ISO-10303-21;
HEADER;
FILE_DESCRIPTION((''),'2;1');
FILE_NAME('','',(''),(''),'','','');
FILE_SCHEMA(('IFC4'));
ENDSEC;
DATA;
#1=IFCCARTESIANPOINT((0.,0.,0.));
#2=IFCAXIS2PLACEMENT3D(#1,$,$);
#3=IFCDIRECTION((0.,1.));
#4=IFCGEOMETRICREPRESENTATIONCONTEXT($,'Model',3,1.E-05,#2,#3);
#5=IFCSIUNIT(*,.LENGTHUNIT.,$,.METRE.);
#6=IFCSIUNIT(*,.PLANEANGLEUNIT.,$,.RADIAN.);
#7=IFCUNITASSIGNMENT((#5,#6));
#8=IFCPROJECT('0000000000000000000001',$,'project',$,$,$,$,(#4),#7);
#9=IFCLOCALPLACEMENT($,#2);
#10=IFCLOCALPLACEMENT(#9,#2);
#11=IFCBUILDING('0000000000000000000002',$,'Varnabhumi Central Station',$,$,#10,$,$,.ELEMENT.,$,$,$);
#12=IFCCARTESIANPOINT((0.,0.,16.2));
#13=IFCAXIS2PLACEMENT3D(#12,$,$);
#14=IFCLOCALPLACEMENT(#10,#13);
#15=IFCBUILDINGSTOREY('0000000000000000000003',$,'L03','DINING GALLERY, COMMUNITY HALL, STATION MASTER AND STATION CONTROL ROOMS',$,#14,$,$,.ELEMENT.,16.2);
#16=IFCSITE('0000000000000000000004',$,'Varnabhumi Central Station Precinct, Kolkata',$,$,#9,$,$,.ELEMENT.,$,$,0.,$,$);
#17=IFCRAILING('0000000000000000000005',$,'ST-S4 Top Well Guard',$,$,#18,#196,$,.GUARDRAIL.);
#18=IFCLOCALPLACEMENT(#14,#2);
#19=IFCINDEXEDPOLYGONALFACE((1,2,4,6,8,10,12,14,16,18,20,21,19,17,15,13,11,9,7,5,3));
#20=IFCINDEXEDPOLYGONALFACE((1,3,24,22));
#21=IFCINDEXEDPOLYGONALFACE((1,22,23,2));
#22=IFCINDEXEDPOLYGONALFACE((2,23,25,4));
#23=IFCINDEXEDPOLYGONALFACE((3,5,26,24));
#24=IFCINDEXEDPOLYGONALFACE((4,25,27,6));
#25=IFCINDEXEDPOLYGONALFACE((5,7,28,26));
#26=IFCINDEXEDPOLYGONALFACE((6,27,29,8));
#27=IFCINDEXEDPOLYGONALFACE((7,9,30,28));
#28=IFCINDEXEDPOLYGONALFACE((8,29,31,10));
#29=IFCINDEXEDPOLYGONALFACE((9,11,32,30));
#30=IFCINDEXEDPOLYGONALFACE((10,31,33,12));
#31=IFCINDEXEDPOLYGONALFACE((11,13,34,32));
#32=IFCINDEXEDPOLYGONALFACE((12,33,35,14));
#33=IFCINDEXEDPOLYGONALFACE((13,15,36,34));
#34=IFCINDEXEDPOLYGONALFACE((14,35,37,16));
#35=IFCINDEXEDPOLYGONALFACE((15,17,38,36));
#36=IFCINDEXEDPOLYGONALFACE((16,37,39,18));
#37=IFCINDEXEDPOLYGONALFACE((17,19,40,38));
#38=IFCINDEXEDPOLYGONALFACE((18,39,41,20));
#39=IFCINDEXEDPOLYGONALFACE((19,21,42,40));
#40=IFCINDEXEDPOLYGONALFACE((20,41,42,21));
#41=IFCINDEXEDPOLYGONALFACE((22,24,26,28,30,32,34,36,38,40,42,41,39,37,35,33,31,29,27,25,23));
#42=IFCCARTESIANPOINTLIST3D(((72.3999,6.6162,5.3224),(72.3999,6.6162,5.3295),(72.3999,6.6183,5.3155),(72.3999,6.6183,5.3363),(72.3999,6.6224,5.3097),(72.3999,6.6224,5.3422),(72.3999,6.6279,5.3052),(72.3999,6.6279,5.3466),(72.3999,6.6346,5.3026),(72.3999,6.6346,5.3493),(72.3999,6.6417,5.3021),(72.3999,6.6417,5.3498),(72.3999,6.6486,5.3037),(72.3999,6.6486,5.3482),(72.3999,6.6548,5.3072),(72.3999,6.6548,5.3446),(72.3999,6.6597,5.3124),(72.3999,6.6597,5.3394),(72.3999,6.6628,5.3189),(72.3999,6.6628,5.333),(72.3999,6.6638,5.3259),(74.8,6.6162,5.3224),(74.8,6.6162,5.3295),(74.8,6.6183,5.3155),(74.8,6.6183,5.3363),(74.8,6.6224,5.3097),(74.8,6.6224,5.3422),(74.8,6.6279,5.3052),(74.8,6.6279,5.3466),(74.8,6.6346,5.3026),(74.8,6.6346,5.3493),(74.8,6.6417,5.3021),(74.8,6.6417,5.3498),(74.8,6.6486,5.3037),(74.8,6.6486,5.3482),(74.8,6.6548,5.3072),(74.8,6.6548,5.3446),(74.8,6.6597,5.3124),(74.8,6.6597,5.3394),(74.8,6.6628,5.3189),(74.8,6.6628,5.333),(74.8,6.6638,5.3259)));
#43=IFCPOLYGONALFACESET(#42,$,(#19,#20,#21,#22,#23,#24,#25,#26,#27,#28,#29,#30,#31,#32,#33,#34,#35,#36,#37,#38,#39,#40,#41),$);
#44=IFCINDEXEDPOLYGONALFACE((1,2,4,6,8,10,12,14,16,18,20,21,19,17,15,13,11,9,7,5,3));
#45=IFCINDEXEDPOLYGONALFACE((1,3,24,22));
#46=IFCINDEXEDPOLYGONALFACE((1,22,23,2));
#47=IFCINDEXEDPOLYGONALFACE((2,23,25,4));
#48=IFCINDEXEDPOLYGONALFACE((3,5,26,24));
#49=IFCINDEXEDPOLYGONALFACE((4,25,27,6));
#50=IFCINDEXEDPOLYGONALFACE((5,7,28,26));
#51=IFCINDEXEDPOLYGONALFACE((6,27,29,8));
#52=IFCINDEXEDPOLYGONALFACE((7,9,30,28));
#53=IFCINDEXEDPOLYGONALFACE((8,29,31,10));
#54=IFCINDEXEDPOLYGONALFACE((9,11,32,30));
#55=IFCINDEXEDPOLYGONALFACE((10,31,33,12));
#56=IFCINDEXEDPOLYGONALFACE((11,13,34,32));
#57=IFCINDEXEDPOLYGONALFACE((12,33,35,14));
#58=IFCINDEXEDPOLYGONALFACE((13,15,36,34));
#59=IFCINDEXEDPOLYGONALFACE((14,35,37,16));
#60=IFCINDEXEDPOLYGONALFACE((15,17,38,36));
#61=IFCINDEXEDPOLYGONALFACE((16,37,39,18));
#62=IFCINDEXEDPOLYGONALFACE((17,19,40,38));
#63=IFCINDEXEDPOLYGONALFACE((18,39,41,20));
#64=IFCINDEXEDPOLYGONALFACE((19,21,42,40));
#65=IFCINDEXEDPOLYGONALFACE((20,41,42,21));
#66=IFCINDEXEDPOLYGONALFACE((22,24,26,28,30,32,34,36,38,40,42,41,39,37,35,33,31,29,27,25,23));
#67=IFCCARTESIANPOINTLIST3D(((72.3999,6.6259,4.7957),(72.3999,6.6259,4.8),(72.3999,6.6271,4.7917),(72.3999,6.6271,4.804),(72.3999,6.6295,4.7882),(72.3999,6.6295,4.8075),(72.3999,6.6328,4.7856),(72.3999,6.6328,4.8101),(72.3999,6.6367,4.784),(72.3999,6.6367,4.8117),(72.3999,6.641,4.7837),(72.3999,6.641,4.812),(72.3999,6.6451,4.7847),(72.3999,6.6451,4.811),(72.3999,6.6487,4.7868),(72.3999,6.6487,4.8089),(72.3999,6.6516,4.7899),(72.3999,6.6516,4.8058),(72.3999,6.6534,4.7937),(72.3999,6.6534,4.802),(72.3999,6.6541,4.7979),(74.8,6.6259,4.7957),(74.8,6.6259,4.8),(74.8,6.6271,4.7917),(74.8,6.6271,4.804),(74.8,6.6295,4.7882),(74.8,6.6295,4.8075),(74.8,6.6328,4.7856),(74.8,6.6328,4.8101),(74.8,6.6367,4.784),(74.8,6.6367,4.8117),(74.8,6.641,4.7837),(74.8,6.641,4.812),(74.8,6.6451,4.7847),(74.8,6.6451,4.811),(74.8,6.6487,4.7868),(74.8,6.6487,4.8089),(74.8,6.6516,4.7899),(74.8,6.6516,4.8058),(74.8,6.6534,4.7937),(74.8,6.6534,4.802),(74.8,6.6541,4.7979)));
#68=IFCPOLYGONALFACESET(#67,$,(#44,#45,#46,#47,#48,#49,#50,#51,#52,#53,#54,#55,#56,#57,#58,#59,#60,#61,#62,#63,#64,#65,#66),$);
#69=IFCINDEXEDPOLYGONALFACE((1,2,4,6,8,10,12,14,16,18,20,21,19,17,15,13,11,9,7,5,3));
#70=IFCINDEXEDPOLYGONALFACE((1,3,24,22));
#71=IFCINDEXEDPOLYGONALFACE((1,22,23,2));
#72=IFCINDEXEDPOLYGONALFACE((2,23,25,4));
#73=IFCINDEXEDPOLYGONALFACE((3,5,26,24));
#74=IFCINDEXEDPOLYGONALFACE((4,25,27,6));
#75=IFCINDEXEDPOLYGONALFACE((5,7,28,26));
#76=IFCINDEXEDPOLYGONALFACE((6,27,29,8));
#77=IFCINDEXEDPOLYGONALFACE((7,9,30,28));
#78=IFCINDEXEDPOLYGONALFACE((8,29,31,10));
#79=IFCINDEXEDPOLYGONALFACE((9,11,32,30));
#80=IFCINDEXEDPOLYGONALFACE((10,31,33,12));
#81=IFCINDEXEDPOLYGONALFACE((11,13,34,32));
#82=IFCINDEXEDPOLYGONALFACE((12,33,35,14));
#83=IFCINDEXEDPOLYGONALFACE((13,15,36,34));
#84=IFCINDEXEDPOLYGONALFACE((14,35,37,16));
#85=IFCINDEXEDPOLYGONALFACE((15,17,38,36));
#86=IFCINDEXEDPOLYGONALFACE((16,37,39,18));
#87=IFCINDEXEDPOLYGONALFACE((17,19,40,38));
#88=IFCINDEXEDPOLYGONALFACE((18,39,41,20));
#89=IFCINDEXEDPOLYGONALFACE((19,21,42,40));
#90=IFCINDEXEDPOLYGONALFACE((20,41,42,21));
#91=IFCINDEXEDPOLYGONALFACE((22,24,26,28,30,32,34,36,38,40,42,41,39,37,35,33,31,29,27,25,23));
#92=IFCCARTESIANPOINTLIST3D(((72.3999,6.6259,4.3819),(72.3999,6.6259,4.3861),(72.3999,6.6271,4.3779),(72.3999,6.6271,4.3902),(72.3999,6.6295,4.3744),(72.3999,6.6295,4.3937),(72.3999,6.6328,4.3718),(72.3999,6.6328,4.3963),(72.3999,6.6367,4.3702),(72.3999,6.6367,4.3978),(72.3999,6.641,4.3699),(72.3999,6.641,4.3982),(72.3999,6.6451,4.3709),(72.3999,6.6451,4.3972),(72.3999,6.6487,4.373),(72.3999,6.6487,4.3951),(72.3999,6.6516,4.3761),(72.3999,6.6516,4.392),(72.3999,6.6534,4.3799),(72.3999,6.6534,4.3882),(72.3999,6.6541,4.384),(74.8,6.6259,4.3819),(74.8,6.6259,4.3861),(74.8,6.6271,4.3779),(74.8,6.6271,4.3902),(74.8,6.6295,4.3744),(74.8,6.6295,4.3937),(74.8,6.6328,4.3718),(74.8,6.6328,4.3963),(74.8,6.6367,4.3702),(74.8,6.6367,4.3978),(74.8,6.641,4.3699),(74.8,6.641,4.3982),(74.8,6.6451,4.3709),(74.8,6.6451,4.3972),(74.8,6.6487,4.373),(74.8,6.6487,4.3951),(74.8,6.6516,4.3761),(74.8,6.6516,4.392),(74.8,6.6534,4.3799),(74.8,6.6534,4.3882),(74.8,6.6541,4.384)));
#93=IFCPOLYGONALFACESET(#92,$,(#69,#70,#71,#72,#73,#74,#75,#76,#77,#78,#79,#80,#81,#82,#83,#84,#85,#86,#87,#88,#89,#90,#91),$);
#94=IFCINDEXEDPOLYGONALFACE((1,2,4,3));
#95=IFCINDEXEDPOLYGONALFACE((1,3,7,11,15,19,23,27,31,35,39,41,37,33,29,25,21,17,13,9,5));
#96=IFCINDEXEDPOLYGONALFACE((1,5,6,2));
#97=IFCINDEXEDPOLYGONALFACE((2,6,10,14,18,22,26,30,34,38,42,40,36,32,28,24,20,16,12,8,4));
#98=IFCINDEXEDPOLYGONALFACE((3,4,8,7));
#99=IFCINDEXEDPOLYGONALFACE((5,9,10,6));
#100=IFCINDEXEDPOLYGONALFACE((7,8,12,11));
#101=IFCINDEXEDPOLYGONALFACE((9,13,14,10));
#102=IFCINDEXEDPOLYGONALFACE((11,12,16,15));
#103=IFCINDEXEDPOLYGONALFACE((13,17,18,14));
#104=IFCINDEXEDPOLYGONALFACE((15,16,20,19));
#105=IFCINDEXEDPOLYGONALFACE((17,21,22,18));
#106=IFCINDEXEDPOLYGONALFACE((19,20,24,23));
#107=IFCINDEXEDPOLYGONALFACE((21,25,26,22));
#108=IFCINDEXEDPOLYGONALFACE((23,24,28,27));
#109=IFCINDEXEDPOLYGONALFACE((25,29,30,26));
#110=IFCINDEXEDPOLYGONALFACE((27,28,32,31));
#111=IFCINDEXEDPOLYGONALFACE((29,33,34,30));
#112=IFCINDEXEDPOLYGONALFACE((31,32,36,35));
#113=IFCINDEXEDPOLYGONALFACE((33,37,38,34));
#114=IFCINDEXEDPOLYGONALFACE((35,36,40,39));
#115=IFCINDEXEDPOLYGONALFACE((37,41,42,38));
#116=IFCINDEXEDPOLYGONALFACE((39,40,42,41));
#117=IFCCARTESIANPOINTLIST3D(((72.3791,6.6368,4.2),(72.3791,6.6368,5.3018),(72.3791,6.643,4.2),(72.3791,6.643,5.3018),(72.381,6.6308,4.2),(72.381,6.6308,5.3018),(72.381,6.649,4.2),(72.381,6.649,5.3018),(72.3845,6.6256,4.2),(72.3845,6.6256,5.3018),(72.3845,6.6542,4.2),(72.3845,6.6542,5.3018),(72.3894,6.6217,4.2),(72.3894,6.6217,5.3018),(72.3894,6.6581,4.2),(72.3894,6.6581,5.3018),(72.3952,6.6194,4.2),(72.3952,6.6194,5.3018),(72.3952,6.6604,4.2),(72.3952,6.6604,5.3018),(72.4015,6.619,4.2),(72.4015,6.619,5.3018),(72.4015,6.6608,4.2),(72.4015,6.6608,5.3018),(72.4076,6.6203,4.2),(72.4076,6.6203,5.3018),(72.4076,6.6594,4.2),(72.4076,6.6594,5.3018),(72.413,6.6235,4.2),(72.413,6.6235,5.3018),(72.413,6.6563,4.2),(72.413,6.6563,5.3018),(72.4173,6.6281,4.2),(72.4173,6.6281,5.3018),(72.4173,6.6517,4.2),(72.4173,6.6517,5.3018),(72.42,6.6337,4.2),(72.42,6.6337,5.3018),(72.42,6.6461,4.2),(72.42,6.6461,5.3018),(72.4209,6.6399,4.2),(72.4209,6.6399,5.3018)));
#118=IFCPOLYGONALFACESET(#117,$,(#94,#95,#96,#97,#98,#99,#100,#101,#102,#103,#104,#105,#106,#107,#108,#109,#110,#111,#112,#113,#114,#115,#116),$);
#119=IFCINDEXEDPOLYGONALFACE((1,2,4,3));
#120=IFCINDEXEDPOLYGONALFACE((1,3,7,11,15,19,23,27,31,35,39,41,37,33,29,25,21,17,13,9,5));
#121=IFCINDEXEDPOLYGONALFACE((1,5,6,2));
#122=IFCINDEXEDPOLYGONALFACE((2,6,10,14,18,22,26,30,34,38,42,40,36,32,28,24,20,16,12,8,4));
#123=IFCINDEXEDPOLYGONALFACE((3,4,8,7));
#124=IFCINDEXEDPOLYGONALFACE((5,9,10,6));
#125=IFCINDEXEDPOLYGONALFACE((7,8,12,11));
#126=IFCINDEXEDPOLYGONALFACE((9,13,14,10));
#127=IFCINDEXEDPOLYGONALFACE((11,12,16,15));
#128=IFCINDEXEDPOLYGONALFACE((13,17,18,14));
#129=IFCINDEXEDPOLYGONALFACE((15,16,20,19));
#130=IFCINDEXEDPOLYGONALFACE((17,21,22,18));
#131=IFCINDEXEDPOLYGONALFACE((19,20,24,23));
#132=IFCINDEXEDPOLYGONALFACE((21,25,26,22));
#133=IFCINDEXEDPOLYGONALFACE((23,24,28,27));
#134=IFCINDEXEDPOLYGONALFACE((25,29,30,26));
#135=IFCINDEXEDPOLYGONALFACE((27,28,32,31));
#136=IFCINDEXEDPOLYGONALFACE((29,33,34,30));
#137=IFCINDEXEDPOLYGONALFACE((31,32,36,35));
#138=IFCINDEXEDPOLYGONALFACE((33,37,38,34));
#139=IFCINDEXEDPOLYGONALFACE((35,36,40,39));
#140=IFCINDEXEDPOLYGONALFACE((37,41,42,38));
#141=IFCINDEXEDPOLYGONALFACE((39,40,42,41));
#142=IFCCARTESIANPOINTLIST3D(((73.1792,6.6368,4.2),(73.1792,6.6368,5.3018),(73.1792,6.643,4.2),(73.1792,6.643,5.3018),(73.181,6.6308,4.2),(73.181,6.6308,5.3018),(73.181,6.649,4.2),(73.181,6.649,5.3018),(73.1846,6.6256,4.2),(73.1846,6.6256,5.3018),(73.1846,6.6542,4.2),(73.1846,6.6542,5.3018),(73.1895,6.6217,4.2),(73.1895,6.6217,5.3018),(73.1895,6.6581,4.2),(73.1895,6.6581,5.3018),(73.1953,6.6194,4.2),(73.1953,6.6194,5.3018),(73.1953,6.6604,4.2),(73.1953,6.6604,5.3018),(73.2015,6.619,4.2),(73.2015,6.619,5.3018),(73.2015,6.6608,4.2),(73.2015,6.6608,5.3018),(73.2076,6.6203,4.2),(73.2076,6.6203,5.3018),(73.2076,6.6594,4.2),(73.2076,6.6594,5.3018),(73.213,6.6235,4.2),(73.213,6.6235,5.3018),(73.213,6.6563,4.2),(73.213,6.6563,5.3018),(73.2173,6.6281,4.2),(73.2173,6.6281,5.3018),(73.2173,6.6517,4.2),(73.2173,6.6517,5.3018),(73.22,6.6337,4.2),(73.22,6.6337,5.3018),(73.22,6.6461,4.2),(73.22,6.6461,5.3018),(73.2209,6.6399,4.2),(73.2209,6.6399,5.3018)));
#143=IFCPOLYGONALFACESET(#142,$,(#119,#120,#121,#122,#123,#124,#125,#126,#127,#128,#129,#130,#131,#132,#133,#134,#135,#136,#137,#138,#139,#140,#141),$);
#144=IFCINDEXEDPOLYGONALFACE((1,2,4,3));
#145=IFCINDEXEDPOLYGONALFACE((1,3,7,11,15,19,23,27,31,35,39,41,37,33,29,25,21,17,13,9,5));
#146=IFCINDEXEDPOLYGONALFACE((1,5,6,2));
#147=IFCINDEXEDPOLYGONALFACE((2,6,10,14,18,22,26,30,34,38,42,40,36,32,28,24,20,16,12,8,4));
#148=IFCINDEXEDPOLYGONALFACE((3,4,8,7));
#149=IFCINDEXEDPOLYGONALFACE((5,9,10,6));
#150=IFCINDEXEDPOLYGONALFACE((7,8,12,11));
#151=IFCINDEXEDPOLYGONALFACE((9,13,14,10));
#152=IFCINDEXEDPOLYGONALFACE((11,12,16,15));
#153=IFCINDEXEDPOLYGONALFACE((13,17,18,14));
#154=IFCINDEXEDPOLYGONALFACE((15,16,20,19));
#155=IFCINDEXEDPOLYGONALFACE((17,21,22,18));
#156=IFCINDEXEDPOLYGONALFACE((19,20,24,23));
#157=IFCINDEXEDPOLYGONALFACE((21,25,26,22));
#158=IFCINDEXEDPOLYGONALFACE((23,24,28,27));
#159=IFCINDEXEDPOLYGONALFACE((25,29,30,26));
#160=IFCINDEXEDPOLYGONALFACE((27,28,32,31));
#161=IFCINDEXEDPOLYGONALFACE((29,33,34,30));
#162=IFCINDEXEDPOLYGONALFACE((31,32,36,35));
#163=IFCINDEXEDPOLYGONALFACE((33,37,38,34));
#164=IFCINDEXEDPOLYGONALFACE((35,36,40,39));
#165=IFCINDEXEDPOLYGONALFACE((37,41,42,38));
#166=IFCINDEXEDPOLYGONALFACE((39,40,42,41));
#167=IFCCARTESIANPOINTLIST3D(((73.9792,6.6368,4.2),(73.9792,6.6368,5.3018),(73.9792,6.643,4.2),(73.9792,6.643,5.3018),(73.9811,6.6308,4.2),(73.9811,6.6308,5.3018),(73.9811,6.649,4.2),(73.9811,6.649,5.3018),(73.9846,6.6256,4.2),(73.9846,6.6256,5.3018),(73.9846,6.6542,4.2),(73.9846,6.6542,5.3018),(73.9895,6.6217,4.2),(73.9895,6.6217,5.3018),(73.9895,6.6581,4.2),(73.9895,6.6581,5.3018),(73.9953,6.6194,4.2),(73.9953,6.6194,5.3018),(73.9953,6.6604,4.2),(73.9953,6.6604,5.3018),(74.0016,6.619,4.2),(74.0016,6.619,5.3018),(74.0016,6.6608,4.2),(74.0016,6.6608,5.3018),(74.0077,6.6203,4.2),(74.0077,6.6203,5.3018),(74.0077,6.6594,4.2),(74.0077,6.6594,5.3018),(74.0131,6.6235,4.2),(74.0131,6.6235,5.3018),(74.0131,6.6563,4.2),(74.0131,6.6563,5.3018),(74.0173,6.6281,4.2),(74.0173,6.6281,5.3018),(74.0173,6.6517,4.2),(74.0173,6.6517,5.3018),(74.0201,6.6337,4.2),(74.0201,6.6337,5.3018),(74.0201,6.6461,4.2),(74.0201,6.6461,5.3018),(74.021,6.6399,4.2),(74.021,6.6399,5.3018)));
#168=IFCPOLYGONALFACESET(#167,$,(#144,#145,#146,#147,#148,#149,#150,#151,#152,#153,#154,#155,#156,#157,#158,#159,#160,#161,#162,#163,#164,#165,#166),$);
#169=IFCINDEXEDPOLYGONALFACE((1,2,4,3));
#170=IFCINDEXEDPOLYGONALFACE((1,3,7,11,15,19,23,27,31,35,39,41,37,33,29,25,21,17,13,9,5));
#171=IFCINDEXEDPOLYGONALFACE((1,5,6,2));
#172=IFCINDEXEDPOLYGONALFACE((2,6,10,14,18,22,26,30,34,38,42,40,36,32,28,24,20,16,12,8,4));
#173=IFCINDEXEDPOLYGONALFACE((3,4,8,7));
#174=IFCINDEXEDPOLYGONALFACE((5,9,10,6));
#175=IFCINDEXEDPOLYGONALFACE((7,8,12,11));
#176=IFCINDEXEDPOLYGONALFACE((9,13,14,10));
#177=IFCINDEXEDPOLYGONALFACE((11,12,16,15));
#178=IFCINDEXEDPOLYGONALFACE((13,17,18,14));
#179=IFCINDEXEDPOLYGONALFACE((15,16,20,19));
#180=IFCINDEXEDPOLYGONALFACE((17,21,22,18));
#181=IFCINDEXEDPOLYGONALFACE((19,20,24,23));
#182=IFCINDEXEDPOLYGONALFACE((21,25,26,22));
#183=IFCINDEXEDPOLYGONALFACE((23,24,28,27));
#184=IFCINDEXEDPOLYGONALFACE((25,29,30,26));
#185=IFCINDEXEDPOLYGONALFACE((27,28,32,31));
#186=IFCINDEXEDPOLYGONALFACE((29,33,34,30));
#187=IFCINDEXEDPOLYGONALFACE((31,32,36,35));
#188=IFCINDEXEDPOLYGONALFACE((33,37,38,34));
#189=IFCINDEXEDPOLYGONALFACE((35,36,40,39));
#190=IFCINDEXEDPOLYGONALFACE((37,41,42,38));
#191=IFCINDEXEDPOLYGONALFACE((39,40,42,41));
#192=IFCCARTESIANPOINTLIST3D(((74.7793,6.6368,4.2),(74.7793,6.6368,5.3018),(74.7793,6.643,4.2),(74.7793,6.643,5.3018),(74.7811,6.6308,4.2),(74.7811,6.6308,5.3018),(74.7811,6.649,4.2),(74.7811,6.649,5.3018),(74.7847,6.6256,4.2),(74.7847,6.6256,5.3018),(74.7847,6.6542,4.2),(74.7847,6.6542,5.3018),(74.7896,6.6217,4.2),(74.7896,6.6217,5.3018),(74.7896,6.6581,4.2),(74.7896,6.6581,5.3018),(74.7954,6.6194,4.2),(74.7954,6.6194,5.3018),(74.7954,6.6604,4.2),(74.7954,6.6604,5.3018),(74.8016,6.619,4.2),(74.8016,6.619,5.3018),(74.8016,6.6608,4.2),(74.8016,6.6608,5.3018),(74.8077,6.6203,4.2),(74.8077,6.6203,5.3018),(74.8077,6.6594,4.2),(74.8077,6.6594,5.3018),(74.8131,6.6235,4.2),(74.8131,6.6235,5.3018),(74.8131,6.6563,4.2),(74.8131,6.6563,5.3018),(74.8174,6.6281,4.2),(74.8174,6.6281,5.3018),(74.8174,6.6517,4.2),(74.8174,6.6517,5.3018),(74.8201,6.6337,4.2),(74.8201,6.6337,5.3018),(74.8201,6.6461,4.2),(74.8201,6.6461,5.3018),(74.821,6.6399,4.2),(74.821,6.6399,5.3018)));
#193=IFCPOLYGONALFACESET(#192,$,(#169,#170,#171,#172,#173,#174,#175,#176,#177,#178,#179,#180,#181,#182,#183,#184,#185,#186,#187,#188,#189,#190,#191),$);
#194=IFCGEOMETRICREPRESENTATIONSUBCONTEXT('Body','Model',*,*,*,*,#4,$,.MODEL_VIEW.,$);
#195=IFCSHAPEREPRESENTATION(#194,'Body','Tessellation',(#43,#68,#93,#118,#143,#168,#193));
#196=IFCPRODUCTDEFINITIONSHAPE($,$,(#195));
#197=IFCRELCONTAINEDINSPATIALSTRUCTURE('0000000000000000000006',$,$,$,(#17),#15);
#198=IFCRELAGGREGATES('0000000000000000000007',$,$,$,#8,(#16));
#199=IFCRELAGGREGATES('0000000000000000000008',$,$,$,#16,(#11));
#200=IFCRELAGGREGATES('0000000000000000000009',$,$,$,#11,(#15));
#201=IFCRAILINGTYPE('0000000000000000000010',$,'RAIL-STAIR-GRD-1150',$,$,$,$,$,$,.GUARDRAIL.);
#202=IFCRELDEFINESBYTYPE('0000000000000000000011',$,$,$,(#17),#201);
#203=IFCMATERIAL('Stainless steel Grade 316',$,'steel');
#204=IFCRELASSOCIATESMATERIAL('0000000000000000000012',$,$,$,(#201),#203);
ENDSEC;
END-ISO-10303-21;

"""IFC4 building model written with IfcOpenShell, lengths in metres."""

from ifc_helpers import new_model, si_unit, direction, frame, origin, origin_2d, place, context, subcontext, project, spatial, circle, extrude, material, type_object, element, save


model = new_model("IFC4")

# Units and contexts
model_context = context("Model", 3, precision=1e-05, world=origin(), true_north=direction((0.0, 1.0)))
body_context = subcontext(model_context, "Body", "Model", "MODEL_VIEW")
ifc_project = project(units=[si_unit("LENGTHUNIT", "METRE"), si_unit("PLANEANGLEUNIT", "RADIAN")], contexts=[model_context])

# Site, building, storey
site_placement = place(None, origin())
site = spatial("IfcSite", under=ifc_project, at=site_placement, Name="Varnabhumi Central Station Precinct, Kolkata", CompositionType="ELEMENT", RefElevation=0.0)
building_placement = place(site_placement, origin())
building = spatial("IfcBuilding", under=site, at=building_placement, Name="Varnabhumi Central Station", CompositionType="ELEMENT")
storey_placement = place(building_placement, frame((0.0, 0.0, 16.2)))
storey = spatial("IfcBuildingStorey", under=building, at=storey_placement, Name="L03", Description="DINING GALLERY, COMMUNITY HALL, STATION MASTER AND STATION CONTROL ROOMS", CompositionType="ELEMENT", Elevation=16.2)

# Shared definitions
ifc_material_1 = material(Name="Stainless steel Grade 316", Category="steel")

# Railing
railing_type_1 = type_object("IfcRailingType", Name="RAIL-STAIR-GRD-1150", PredefinedType="GUARDRAIL", material=ifc_material_1)
railing_1_placement = place(storey_placement, frame((72.3999, 6.6399, 4.2)))
element("IfcRailing", 1, at=railing_1_placement, inside=storey, type_object=railing_type_1, Name="ST-S4 Top Well Guard", PredefinedType="GUARDRAIL", context=body_context, shape_type="SweptSolid", body=[
    extrude(circle(Radius=0.0239, at=origin_2d()), frame((0.0, 0.0, 1.126), z_axis=(1.0, 0.0, 0.0), x_axis=(0.0, 1.0, 0.0)), (0.0, 0.0, 1.0), 2.4001),
    extrude(circle(Radius=0.0142, at=origin_2d()), frame((0.0, 0.0, 0.5979), z_axis=(1.0, 0.0, 0.0), x_axis=(0.0, 1.0, 0.0)), (0.0, 0.0, 1.0), 2.4001),
    extrude(circle(Radius=0.0142, at=origin_2d()), frame((0.0, 0.0, 0.1841), z_axis=(1.0, 0.0, 0.0), x_axis=(0.0, 1.0, 0.0)), (0.0, 0.0, 1.0), 2.4001),
    extrude(circle(Radius=0.021, at=origin_2d()), origin(), (0.0, 0.0, 1.0), 1.1018),
    extrude(circle(Radius=0.021, at=origin_2d()), frame((0.8, 0.0, 0.0)), (0.0, 0.0, 1.0), 1.1018),
    extrude(circle(Radius=0.021, at=origin_2d()), frame((1.6001, 0.0, 0.0)), (0.0, 0.0, 1.0), 1.1018),
    extrude(circle(Radius=0.021, at=origin_2d()), frame((2.4001, 0.0, 0.0)), (0.0, 0.0, 1.0), 1.1018),
])

save(model, "model.ifc")
